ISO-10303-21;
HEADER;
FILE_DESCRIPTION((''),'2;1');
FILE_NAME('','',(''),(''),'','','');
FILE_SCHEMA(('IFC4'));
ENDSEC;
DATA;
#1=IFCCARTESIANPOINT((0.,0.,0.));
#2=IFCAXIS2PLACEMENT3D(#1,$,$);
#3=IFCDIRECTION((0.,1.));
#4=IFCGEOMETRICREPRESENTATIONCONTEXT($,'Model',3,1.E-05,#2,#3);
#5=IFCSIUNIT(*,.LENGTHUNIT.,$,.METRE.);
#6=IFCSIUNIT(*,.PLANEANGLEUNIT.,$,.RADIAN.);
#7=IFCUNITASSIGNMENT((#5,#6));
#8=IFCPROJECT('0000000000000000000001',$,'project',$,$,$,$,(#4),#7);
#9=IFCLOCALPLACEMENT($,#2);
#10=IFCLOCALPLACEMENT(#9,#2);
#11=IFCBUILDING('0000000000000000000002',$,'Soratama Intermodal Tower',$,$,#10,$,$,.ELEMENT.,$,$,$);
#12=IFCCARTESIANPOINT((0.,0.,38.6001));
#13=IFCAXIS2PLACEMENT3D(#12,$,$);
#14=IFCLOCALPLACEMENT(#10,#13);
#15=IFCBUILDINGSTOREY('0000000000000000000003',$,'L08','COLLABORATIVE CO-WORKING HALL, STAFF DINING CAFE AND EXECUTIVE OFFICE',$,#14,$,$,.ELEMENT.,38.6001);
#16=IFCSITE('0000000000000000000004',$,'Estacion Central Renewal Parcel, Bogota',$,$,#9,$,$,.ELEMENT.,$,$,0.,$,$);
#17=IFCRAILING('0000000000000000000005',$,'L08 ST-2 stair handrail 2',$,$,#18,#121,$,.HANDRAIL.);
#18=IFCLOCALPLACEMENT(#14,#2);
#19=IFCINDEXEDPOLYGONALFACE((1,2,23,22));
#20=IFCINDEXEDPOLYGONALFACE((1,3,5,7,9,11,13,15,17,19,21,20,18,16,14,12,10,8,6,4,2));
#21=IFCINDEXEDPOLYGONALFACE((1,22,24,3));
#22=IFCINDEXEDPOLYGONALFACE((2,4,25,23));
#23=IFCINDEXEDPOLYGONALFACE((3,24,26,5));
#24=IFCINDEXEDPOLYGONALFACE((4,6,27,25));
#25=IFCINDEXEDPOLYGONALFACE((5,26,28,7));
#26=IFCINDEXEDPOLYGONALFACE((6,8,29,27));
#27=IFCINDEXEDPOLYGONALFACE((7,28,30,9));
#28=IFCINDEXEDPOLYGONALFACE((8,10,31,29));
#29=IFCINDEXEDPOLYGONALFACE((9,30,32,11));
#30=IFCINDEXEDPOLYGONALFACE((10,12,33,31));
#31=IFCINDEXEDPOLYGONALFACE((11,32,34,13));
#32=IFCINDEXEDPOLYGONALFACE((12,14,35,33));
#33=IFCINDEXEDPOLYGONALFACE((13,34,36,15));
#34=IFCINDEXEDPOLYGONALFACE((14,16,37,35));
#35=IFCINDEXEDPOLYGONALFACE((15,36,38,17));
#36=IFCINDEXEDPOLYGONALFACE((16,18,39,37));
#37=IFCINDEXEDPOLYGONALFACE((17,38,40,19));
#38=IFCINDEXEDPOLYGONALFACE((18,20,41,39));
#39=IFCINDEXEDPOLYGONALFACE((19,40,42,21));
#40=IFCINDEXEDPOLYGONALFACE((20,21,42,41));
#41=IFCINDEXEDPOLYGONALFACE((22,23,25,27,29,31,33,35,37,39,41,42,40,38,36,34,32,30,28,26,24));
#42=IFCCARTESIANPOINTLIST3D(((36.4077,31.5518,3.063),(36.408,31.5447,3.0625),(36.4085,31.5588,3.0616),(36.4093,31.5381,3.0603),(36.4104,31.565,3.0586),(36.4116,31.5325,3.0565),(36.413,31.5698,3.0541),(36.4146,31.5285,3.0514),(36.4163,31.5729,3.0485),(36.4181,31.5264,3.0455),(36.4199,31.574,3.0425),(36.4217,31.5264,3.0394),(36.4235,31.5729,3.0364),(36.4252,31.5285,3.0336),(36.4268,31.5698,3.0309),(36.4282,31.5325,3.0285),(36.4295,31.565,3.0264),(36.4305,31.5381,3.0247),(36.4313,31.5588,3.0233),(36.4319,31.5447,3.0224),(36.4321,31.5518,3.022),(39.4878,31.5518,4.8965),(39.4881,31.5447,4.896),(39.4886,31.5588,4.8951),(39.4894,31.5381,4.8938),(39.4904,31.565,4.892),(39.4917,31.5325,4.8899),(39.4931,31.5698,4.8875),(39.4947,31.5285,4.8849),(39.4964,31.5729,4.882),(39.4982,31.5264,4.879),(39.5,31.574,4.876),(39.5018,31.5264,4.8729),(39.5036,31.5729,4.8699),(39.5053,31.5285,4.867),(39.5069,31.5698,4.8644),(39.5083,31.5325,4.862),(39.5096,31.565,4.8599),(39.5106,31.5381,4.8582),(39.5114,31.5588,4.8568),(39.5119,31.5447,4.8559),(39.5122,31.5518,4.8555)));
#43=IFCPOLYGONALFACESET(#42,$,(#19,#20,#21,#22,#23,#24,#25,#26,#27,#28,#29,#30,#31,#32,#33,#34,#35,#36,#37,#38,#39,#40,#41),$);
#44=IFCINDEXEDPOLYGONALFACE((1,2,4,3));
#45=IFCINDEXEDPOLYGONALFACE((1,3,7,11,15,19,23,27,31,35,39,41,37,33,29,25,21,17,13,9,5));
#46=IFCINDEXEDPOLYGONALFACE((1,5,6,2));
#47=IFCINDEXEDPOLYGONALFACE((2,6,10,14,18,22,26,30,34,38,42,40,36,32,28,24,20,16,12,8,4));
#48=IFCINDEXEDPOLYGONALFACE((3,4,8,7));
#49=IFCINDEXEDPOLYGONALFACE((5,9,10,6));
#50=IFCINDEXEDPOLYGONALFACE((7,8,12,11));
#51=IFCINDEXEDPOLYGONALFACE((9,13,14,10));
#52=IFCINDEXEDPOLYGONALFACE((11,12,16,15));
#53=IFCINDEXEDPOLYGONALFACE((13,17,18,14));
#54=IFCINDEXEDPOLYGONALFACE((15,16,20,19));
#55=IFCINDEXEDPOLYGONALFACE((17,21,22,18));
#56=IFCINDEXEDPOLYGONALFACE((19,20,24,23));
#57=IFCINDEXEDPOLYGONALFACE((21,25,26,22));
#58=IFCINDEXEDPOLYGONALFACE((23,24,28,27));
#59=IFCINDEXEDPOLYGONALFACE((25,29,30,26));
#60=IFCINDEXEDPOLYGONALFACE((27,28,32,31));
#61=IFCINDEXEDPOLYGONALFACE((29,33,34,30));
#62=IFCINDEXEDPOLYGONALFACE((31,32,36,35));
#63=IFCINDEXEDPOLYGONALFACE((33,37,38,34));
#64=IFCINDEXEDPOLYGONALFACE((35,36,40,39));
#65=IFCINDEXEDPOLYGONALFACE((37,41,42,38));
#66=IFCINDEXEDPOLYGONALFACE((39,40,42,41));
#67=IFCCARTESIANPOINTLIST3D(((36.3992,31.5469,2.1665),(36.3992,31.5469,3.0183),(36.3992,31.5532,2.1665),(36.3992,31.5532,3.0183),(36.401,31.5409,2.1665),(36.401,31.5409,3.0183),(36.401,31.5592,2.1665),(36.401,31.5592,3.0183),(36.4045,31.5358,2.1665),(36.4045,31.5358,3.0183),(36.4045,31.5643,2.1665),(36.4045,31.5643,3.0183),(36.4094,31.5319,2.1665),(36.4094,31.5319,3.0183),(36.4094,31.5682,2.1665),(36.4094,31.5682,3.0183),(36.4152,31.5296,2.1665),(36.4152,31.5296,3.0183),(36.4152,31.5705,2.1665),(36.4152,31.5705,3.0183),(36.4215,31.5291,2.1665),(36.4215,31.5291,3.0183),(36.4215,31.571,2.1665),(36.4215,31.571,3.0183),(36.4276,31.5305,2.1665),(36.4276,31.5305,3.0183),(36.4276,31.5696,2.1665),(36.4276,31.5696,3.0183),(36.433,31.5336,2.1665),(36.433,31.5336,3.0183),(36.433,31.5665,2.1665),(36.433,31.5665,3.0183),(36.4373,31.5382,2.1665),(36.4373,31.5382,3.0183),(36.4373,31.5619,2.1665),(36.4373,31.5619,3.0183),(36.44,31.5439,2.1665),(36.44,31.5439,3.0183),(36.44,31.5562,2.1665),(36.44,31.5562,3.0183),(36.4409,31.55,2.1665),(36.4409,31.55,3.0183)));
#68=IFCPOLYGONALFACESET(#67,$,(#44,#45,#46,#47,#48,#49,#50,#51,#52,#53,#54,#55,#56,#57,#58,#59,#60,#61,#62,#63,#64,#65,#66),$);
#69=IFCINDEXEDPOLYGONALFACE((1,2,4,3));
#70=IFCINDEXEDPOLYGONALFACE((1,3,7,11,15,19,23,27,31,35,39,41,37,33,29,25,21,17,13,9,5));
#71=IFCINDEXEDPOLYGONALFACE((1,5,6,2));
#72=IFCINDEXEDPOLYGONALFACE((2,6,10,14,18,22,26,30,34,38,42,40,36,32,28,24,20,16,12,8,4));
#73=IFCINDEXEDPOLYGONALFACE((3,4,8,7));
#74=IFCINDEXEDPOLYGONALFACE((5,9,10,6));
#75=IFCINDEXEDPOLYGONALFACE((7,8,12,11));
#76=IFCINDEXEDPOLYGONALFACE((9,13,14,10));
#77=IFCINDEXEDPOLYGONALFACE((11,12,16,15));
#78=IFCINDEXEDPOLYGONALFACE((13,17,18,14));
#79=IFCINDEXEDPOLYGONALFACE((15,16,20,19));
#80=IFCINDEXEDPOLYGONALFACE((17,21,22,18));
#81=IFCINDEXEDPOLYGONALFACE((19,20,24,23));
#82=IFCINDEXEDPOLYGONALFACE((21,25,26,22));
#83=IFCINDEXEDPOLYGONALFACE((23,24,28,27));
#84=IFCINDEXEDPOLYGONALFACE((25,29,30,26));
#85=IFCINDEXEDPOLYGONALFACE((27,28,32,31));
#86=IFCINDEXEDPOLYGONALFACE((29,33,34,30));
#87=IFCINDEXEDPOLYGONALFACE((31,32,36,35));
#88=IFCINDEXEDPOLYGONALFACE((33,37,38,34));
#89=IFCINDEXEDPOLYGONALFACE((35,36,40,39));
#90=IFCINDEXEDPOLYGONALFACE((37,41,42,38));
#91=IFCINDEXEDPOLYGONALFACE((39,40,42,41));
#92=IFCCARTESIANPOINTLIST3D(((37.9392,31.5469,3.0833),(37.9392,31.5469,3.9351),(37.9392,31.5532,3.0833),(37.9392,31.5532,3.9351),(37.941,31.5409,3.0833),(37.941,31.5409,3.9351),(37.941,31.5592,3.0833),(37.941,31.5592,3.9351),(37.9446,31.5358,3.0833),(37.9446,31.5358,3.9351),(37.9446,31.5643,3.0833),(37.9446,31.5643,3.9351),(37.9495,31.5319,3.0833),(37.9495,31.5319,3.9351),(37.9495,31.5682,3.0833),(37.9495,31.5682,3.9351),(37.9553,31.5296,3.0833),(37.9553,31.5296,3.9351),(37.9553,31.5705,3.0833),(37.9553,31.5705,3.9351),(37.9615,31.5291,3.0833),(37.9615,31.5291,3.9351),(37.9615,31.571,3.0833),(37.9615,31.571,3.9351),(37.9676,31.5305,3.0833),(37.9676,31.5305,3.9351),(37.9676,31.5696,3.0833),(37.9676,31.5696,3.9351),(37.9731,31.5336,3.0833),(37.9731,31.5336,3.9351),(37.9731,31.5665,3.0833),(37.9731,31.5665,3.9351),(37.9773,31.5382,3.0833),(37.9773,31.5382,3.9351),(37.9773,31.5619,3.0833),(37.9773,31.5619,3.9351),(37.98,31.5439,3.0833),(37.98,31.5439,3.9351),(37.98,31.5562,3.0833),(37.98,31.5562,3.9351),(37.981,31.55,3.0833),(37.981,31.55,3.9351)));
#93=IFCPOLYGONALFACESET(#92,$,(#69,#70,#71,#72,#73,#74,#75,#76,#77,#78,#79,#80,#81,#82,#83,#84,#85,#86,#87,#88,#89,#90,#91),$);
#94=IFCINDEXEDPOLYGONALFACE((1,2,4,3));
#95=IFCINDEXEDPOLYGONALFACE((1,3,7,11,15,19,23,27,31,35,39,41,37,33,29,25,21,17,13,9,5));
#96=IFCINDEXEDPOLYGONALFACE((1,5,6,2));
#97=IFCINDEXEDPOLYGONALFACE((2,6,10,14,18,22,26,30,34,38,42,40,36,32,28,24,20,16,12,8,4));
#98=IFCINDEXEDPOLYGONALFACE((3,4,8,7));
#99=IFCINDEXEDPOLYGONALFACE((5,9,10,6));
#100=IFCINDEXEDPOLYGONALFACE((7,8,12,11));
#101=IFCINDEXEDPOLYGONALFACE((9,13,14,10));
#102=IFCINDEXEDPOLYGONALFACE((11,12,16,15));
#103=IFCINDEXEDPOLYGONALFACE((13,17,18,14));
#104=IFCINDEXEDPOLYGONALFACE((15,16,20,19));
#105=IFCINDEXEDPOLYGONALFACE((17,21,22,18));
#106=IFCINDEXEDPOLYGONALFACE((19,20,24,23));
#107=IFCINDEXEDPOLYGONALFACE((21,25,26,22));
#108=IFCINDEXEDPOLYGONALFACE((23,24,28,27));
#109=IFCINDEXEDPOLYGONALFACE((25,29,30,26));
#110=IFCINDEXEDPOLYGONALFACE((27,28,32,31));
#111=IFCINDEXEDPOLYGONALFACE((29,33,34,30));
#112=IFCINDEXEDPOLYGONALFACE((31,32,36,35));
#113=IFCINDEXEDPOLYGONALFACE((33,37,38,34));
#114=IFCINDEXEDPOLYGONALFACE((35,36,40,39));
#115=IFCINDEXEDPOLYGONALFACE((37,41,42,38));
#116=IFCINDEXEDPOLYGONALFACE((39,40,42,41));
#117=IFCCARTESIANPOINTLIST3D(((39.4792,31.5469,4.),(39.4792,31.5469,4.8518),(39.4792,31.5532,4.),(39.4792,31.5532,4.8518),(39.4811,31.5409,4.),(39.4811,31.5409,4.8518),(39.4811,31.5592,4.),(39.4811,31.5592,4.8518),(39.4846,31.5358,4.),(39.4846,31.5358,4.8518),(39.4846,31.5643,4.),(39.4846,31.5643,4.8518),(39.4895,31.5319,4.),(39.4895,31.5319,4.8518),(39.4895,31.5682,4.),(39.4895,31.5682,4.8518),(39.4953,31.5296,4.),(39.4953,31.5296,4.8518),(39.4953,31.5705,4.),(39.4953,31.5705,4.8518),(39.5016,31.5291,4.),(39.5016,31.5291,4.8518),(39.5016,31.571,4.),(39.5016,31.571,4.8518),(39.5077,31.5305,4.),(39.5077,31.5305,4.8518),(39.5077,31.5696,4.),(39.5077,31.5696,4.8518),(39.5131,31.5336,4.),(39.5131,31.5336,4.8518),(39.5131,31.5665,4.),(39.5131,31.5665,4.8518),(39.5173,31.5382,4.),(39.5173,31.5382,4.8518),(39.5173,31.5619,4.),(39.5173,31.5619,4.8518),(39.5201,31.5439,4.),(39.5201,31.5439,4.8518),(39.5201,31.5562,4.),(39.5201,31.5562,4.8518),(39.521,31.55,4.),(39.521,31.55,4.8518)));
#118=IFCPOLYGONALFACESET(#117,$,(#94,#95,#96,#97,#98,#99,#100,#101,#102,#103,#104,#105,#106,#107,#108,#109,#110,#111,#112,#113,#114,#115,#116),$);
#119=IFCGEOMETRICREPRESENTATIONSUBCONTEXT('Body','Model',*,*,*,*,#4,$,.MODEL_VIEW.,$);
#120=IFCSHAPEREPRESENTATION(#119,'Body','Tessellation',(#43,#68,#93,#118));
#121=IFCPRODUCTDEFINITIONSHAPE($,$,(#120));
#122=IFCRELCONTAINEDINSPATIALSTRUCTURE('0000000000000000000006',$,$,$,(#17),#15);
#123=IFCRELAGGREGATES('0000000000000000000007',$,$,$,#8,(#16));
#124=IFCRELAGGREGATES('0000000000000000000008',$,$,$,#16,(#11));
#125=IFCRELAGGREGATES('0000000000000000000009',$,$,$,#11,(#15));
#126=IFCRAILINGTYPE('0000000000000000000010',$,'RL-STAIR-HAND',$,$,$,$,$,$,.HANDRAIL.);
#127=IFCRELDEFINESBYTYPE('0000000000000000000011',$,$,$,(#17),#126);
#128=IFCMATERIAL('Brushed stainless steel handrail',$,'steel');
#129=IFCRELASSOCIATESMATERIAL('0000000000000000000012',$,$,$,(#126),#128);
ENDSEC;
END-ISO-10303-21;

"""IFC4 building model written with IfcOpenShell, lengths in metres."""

from ifc_helpers import new_model, si_unit, direction, frame, origin, origin_2d, place, context, subcontext, project, spatial, circle, extrude, material, type_object, element, save


model = new_model("IFC4")

# Units and contexts
model_context = context("Model", 3, precision=1e-05, world=origin(), true_north=direction((0.0, 1.0)))
body_context = subcontext(model_context, "Body", "Model", "MODEL_VIEW")
ifc_project = project(units=[si_unit("LENGTHUNIT", "METRE"), si_unit("PLANEANGLEUNIT", "RADIAN")], contexts=[model_context])

# Site, building, storey
site_placement = place(None, origin())
site = spatial("IfcSite", under=ifc_project, at=site_placement, Name="Estacion Central Renewal Parcel, Bogota", CompositionType="ELEMENT", RefElevation=0.0)
building_placement = place(site_placement, origin())
building = spatial("IfcBuilding", under=site, at=building_placement, Name="Soratama Intermodal Tower", CompositionType="ELEMENT")
storey_placement = place(building_placement, frame((0.0, 0.0, 38.6001)))
storey = spatial("IfcBuildingStorey", under=building, at=storey_placement, Name="L08", Description="COLLABORATIVE CO-WORKING HALL, STAFF DINING CAFE AND EXECUTIVE OFFICE", CompositionType="ELEMENT", Elevation=38.6001)

# Railing
ifc_material_1 = material(Name="Brushed stainless steel handrail", Category="steel")
railing_type_1 = type_object("IfcRailingType", Name="RL-STAIR-HAND", PredefinedType="HANDRAIL", material=ifc_material_1)
railing_1_placement = place(storey_placement, frame((36.4199, 31.55, 2.1665)))
element("IfcRailing", 1, at=railing_1_placement, inside=storey, type_object=railing_type_1, Name="L08 ST-2 stair handrail 2", PredefinedType="HANDRAIL", context=body_context, shape_type="SweptSolid", body=[
    extrude(circle(Radius=0.0239, at=origin_2d()), frame((0.0, 0.0, 0.876), z_axis=(0.859279, 0.0, 0.511508), x_axis=(0.0, 1.0, 0.0)), (0.0, 0.0, 1.0), 3.5845),
    extrude(circle(Radius=0.021, at=origin_2d()), origin(), (0.0, 0.0, 1.0), 0.8518),
    extrude(circle(Radius=0.021, at=origin_2d()), frame((1.54, 0.0, 0.9167)), (0.0, 0.0, 1.0), 0.8518),
    extrude(circle(Radius=0.021, at=origin_2d()), frame((3.0801, 0.0, 1.8335)), (0.0, 0.0, 1.0), 0.8518),
])

save(model, "model.ifc")
